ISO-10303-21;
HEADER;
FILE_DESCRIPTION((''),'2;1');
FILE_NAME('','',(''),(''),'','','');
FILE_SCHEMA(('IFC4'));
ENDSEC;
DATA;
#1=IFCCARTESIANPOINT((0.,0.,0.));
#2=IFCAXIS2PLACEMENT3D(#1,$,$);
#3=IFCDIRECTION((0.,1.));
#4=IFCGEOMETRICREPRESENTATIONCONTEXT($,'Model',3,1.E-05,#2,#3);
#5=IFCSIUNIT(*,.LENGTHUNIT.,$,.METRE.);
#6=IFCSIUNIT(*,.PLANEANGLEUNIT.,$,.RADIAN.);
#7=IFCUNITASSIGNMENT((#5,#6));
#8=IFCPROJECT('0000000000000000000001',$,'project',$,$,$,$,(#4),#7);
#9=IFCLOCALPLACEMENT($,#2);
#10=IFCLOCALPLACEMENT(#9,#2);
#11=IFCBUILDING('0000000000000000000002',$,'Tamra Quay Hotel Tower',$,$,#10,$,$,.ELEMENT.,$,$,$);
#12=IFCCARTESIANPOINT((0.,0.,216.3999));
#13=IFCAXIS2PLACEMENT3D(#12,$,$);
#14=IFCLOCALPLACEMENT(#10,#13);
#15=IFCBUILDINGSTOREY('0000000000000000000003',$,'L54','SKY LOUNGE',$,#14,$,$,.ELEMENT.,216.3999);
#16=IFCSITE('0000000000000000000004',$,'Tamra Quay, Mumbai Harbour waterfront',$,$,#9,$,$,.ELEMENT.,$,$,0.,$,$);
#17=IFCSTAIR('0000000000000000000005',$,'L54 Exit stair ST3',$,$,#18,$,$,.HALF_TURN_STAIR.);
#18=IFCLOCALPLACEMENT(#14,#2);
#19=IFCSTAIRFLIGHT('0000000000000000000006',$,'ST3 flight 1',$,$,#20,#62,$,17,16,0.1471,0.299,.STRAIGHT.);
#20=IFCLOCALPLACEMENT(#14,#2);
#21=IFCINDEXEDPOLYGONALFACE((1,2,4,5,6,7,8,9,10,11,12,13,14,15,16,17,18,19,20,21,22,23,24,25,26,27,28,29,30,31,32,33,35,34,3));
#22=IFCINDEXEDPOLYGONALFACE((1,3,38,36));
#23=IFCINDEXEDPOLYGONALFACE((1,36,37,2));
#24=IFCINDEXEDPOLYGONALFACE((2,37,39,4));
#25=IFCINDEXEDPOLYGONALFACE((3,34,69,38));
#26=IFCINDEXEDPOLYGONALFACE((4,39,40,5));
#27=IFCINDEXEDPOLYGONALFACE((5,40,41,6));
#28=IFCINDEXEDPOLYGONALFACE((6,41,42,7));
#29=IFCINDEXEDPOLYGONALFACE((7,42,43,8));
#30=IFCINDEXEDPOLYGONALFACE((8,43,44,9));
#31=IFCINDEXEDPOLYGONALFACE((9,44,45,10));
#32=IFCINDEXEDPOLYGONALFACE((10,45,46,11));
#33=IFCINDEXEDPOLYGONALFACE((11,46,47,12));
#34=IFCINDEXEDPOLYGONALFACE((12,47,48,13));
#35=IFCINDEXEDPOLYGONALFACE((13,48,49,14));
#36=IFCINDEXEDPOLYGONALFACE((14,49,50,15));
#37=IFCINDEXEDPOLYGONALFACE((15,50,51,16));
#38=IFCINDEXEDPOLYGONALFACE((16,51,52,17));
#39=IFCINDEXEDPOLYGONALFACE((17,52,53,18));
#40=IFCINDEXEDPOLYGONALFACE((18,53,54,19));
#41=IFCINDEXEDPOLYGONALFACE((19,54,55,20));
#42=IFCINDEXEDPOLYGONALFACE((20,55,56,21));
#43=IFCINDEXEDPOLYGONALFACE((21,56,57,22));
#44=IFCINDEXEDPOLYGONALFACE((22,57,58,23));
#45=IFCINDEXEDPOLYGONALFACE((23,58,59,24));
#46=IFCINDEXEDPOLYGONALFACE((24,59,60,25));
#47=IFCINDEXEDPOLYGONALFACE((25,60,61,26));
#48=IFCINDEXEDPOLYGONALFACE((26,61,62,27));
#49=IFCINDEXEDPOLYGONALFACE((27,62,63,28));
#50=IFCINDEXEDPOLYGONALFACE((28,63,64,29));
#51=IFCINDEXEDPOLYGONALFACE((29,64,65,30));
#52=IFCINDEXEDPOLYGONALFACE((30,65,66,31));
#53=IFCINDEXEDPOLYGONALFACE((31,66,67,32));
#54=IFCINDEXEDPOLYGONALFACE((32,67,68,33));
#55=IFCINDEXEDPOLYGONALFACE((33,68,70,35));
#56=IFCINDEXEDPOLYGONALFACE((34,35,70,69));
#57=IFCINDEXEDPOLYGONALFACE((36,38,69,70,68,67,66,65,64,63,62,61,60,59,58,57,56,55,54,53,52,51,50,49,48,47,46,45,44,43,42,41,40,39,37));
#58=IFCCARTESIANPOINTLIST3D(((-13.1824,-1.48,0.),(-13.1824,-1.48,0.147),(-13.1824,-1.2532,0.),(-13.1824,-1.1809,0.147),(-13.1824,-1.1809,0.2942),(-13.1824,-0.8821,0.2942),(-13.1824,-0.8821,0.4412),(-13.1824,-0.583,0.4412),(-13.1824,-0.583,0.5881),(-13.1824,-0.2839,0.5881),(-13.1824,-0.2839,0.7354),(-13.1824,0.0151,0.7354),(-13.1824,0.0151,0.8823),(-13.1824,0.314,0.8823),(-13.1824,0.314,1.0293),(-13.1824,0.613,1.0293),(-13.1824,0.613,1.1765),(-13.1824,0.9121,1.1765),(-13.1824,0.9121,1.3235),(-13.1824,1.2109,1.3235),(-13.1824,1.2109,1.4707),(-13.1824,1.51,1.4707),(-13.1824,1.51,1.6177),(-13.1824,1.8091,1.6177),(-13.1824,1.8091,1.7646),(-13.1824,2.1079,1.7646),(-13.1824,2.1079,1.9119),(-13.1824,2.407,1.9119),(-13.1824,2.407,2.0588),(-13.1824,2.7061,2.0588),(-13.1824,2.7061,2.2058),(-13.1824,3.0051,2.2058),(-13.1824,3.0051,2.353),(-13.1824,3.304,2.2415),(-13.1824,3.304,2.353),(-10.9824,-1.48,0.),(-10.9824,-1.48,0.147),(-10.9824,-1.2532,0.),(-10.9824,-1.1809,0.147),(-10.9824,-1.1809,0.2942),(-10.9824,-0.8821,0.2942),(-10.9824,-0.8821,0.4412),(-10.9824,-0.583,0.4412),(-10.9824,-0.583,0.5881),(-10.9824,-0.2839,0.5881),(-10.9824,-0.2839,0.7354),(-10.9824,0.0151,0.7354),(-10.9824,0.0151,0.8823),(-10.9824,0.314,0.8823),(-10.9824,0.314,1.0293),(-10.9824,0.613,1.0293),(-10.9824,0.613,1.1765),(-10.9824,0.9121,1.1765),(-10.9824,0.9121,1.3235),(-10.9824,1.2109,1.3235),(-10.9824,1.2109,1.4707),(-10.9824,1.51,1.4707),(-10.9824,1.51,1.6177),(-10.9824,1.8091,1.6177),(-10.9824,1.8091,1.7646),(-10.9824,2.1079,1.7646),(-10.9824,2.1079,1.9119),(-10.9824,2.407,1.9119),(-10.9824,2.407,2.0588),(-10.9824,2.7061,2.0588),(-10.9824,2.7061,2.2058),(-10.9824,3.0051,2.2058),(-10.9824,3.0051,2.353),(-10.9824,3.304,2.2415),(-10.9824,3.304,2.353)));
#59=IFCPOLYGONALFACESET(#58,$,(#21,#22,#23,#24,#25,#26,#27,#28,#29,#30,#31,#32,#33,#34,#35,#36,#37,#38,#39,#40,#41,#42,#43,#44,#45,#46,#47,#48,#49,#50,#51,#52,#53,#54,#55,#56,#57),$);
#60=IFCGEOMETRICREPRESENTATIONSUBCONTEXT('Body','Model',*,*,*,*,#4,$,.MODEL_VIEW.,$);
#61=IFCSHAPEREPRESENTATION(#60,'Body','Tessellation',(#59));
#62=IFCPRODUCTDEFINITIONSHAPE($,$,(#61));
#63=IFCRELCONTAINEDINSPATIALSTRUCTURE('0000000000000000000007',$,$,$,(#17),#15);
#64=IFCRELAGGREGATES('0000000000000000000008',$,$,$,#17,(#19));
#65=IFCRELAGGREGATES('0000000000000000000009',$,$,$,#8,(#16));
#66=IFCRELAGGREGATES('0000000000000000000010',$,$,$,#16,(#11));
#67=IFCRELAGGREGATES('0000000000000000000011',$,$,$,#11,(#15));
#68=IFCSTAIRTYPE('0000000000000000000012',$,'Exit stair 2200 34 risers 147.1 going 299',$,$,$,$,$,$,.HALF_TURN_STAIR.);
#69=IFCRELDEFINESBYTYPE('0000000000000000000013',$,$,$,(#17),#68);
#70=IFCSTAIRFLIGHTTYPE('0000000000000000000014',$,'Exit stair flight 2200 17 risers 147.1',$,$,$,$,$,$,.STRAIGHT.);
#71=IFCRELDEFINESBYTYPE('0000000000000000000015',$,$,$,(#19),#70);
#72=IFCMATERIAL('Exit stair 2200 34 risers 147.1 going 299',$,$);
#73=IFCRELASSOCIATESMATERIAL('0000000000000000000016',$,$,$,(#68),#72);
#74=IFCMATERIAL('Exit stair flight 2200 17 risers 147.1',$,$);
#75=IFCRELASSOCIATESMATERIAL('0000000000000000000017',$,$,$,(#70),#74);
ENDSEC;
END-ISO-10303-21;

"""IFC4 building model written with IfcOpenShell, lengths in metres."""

from ifc_helpers import new_model, si_unit, direction, frame, origin, place, context, subcontext, project, spatial, polyline, outline, extrude, material, type_object, element, aggregate, save


model = new_model("IFC4")

# Units and contexts
model_context = context("Model", 3, precision=1e-05, world=origin(), true_north=direction((0.0, 1.0)))
body_context = subcontext(model_context, "Body", "Model", "MODEL_VIEW")
ifc_project = project(units=[si_unit("LENGTHUNIT", "METRE"), si_unit("PLANEANGLEUNIT", "RADIAN")], contexts=[model_context])

# Site, building, storey
site_placement = place(None, origin())
site = spatial("IfcSite", under=ifc_project, at=site_placement, Name="Tamra Quay, Mumbai Harbour waterfront", CompositionType="ELEMENT", RefElevation=0.0)
building_placement = place(site_placement, origin())
building = spatial("IfcBuilding", under=site, at=building_placement, Name="Tamra Quay Hotel Tower", CompositionType="ELEMENT")
storey_placement = place(building_placement, frame((0.0, 0.0, 216.3999)))
storey = spatial("IfcBuildingStorey", under=building, at=storey_placement, Name="L54", Description="SKY LOUNGE", CompositionType="ELEMENT", Elevation=216.3999)

# Stair, stair flight
ifc_material_1 = material(Name="Exit stair 2200 34 risers 147.1 going 299")
stair_type = type_object("IfcStairType", Name="Exit stair 2200 34 risers 147.1 going 299", PredefinedType="HALF_TURN_STAIR", material=ifc_material_1)
stair_placement = place(storey_placement, origin())
stair = element("IfcStair", 1, at=stair_placement, inside=storey, type_object=stair_type, Name="L54 Exit stair ST3", PredefinedType="HALF_TURN_STAIR")
ifc_material_2 = material(Name="Exit stair flight 2200 17 risers 147.1")
stair_flight_type = type_object("IfcStairFlightType", Name="Exit stair flight 2200 17 risers 147.1", PredefinedType="STRAIGHT", material=ifc_material_2)
stair_flight_placement = place(storey_placement, frame((-12.0823, -1.48, 0.0), z_axis=(0.0, 0.0, 1.0), x_axis=(0.0, 1.0, 0.0)))
stair_flight = element("IfcStairFlight", 2, at=stair_flight_placement, type_object=stair_flight_type, Name="ST3 flight 1", NumberOfRisers=17, NumberOfTreads=16, PredefinedType="STRAIGHT", RiserHeight=0.1471, TreadLength=0.299, context=body_context, shape_type="SweptSolid", body=[
    extrude(outline(polyline([(0.0, 0.0), (0.0, 0.147), (0.2991, 0.147), (0.2991, 0.2942), (0.5979, 0.2942), (0.5979, 0.4412), (0.897, 0.4412), (0.897, 0.5881), (1.196, 0.5881), (1.196, 0.7354), (1.4951, 0.7354), (1.4951, 0.8823), (1.7939, 0.8823), (1.7939, 1.0293), (2.093, 1.0293), (2.093, 1.1765), (2.3921, 1.1765), (2.3921, 1.3235), (2.6909, 1.3235), (2.6909, 1.4707), (2.99, 1.4707), (2.99, 1.6177), (3.2891, 1.6177), (3.2891, 1.7646), (3.5879, 1.7646), (3.5879, 1.9119), (3.887, 1.9119), (3.887, 2.0588), (4.186, 2.0588), (4.186, 2.2058), (4.4851, 2.2058), (4.4851, 2.353), (4.7839, 2.353), (4.7839, 2.5), (4.7839, 2.2415), (0.2268, 0.0), (0.0, 0.0)])), frame((0.0, 1.1001, 0.0), z_axis=(0.0, -1.0, 0.0), x_axis=(1.0, 0.0, 0.0)), (0.0, 0.0, 1.0), 2.2),
])
aggregate(stair, [stair_flight])

save(model, "model.ifc")
